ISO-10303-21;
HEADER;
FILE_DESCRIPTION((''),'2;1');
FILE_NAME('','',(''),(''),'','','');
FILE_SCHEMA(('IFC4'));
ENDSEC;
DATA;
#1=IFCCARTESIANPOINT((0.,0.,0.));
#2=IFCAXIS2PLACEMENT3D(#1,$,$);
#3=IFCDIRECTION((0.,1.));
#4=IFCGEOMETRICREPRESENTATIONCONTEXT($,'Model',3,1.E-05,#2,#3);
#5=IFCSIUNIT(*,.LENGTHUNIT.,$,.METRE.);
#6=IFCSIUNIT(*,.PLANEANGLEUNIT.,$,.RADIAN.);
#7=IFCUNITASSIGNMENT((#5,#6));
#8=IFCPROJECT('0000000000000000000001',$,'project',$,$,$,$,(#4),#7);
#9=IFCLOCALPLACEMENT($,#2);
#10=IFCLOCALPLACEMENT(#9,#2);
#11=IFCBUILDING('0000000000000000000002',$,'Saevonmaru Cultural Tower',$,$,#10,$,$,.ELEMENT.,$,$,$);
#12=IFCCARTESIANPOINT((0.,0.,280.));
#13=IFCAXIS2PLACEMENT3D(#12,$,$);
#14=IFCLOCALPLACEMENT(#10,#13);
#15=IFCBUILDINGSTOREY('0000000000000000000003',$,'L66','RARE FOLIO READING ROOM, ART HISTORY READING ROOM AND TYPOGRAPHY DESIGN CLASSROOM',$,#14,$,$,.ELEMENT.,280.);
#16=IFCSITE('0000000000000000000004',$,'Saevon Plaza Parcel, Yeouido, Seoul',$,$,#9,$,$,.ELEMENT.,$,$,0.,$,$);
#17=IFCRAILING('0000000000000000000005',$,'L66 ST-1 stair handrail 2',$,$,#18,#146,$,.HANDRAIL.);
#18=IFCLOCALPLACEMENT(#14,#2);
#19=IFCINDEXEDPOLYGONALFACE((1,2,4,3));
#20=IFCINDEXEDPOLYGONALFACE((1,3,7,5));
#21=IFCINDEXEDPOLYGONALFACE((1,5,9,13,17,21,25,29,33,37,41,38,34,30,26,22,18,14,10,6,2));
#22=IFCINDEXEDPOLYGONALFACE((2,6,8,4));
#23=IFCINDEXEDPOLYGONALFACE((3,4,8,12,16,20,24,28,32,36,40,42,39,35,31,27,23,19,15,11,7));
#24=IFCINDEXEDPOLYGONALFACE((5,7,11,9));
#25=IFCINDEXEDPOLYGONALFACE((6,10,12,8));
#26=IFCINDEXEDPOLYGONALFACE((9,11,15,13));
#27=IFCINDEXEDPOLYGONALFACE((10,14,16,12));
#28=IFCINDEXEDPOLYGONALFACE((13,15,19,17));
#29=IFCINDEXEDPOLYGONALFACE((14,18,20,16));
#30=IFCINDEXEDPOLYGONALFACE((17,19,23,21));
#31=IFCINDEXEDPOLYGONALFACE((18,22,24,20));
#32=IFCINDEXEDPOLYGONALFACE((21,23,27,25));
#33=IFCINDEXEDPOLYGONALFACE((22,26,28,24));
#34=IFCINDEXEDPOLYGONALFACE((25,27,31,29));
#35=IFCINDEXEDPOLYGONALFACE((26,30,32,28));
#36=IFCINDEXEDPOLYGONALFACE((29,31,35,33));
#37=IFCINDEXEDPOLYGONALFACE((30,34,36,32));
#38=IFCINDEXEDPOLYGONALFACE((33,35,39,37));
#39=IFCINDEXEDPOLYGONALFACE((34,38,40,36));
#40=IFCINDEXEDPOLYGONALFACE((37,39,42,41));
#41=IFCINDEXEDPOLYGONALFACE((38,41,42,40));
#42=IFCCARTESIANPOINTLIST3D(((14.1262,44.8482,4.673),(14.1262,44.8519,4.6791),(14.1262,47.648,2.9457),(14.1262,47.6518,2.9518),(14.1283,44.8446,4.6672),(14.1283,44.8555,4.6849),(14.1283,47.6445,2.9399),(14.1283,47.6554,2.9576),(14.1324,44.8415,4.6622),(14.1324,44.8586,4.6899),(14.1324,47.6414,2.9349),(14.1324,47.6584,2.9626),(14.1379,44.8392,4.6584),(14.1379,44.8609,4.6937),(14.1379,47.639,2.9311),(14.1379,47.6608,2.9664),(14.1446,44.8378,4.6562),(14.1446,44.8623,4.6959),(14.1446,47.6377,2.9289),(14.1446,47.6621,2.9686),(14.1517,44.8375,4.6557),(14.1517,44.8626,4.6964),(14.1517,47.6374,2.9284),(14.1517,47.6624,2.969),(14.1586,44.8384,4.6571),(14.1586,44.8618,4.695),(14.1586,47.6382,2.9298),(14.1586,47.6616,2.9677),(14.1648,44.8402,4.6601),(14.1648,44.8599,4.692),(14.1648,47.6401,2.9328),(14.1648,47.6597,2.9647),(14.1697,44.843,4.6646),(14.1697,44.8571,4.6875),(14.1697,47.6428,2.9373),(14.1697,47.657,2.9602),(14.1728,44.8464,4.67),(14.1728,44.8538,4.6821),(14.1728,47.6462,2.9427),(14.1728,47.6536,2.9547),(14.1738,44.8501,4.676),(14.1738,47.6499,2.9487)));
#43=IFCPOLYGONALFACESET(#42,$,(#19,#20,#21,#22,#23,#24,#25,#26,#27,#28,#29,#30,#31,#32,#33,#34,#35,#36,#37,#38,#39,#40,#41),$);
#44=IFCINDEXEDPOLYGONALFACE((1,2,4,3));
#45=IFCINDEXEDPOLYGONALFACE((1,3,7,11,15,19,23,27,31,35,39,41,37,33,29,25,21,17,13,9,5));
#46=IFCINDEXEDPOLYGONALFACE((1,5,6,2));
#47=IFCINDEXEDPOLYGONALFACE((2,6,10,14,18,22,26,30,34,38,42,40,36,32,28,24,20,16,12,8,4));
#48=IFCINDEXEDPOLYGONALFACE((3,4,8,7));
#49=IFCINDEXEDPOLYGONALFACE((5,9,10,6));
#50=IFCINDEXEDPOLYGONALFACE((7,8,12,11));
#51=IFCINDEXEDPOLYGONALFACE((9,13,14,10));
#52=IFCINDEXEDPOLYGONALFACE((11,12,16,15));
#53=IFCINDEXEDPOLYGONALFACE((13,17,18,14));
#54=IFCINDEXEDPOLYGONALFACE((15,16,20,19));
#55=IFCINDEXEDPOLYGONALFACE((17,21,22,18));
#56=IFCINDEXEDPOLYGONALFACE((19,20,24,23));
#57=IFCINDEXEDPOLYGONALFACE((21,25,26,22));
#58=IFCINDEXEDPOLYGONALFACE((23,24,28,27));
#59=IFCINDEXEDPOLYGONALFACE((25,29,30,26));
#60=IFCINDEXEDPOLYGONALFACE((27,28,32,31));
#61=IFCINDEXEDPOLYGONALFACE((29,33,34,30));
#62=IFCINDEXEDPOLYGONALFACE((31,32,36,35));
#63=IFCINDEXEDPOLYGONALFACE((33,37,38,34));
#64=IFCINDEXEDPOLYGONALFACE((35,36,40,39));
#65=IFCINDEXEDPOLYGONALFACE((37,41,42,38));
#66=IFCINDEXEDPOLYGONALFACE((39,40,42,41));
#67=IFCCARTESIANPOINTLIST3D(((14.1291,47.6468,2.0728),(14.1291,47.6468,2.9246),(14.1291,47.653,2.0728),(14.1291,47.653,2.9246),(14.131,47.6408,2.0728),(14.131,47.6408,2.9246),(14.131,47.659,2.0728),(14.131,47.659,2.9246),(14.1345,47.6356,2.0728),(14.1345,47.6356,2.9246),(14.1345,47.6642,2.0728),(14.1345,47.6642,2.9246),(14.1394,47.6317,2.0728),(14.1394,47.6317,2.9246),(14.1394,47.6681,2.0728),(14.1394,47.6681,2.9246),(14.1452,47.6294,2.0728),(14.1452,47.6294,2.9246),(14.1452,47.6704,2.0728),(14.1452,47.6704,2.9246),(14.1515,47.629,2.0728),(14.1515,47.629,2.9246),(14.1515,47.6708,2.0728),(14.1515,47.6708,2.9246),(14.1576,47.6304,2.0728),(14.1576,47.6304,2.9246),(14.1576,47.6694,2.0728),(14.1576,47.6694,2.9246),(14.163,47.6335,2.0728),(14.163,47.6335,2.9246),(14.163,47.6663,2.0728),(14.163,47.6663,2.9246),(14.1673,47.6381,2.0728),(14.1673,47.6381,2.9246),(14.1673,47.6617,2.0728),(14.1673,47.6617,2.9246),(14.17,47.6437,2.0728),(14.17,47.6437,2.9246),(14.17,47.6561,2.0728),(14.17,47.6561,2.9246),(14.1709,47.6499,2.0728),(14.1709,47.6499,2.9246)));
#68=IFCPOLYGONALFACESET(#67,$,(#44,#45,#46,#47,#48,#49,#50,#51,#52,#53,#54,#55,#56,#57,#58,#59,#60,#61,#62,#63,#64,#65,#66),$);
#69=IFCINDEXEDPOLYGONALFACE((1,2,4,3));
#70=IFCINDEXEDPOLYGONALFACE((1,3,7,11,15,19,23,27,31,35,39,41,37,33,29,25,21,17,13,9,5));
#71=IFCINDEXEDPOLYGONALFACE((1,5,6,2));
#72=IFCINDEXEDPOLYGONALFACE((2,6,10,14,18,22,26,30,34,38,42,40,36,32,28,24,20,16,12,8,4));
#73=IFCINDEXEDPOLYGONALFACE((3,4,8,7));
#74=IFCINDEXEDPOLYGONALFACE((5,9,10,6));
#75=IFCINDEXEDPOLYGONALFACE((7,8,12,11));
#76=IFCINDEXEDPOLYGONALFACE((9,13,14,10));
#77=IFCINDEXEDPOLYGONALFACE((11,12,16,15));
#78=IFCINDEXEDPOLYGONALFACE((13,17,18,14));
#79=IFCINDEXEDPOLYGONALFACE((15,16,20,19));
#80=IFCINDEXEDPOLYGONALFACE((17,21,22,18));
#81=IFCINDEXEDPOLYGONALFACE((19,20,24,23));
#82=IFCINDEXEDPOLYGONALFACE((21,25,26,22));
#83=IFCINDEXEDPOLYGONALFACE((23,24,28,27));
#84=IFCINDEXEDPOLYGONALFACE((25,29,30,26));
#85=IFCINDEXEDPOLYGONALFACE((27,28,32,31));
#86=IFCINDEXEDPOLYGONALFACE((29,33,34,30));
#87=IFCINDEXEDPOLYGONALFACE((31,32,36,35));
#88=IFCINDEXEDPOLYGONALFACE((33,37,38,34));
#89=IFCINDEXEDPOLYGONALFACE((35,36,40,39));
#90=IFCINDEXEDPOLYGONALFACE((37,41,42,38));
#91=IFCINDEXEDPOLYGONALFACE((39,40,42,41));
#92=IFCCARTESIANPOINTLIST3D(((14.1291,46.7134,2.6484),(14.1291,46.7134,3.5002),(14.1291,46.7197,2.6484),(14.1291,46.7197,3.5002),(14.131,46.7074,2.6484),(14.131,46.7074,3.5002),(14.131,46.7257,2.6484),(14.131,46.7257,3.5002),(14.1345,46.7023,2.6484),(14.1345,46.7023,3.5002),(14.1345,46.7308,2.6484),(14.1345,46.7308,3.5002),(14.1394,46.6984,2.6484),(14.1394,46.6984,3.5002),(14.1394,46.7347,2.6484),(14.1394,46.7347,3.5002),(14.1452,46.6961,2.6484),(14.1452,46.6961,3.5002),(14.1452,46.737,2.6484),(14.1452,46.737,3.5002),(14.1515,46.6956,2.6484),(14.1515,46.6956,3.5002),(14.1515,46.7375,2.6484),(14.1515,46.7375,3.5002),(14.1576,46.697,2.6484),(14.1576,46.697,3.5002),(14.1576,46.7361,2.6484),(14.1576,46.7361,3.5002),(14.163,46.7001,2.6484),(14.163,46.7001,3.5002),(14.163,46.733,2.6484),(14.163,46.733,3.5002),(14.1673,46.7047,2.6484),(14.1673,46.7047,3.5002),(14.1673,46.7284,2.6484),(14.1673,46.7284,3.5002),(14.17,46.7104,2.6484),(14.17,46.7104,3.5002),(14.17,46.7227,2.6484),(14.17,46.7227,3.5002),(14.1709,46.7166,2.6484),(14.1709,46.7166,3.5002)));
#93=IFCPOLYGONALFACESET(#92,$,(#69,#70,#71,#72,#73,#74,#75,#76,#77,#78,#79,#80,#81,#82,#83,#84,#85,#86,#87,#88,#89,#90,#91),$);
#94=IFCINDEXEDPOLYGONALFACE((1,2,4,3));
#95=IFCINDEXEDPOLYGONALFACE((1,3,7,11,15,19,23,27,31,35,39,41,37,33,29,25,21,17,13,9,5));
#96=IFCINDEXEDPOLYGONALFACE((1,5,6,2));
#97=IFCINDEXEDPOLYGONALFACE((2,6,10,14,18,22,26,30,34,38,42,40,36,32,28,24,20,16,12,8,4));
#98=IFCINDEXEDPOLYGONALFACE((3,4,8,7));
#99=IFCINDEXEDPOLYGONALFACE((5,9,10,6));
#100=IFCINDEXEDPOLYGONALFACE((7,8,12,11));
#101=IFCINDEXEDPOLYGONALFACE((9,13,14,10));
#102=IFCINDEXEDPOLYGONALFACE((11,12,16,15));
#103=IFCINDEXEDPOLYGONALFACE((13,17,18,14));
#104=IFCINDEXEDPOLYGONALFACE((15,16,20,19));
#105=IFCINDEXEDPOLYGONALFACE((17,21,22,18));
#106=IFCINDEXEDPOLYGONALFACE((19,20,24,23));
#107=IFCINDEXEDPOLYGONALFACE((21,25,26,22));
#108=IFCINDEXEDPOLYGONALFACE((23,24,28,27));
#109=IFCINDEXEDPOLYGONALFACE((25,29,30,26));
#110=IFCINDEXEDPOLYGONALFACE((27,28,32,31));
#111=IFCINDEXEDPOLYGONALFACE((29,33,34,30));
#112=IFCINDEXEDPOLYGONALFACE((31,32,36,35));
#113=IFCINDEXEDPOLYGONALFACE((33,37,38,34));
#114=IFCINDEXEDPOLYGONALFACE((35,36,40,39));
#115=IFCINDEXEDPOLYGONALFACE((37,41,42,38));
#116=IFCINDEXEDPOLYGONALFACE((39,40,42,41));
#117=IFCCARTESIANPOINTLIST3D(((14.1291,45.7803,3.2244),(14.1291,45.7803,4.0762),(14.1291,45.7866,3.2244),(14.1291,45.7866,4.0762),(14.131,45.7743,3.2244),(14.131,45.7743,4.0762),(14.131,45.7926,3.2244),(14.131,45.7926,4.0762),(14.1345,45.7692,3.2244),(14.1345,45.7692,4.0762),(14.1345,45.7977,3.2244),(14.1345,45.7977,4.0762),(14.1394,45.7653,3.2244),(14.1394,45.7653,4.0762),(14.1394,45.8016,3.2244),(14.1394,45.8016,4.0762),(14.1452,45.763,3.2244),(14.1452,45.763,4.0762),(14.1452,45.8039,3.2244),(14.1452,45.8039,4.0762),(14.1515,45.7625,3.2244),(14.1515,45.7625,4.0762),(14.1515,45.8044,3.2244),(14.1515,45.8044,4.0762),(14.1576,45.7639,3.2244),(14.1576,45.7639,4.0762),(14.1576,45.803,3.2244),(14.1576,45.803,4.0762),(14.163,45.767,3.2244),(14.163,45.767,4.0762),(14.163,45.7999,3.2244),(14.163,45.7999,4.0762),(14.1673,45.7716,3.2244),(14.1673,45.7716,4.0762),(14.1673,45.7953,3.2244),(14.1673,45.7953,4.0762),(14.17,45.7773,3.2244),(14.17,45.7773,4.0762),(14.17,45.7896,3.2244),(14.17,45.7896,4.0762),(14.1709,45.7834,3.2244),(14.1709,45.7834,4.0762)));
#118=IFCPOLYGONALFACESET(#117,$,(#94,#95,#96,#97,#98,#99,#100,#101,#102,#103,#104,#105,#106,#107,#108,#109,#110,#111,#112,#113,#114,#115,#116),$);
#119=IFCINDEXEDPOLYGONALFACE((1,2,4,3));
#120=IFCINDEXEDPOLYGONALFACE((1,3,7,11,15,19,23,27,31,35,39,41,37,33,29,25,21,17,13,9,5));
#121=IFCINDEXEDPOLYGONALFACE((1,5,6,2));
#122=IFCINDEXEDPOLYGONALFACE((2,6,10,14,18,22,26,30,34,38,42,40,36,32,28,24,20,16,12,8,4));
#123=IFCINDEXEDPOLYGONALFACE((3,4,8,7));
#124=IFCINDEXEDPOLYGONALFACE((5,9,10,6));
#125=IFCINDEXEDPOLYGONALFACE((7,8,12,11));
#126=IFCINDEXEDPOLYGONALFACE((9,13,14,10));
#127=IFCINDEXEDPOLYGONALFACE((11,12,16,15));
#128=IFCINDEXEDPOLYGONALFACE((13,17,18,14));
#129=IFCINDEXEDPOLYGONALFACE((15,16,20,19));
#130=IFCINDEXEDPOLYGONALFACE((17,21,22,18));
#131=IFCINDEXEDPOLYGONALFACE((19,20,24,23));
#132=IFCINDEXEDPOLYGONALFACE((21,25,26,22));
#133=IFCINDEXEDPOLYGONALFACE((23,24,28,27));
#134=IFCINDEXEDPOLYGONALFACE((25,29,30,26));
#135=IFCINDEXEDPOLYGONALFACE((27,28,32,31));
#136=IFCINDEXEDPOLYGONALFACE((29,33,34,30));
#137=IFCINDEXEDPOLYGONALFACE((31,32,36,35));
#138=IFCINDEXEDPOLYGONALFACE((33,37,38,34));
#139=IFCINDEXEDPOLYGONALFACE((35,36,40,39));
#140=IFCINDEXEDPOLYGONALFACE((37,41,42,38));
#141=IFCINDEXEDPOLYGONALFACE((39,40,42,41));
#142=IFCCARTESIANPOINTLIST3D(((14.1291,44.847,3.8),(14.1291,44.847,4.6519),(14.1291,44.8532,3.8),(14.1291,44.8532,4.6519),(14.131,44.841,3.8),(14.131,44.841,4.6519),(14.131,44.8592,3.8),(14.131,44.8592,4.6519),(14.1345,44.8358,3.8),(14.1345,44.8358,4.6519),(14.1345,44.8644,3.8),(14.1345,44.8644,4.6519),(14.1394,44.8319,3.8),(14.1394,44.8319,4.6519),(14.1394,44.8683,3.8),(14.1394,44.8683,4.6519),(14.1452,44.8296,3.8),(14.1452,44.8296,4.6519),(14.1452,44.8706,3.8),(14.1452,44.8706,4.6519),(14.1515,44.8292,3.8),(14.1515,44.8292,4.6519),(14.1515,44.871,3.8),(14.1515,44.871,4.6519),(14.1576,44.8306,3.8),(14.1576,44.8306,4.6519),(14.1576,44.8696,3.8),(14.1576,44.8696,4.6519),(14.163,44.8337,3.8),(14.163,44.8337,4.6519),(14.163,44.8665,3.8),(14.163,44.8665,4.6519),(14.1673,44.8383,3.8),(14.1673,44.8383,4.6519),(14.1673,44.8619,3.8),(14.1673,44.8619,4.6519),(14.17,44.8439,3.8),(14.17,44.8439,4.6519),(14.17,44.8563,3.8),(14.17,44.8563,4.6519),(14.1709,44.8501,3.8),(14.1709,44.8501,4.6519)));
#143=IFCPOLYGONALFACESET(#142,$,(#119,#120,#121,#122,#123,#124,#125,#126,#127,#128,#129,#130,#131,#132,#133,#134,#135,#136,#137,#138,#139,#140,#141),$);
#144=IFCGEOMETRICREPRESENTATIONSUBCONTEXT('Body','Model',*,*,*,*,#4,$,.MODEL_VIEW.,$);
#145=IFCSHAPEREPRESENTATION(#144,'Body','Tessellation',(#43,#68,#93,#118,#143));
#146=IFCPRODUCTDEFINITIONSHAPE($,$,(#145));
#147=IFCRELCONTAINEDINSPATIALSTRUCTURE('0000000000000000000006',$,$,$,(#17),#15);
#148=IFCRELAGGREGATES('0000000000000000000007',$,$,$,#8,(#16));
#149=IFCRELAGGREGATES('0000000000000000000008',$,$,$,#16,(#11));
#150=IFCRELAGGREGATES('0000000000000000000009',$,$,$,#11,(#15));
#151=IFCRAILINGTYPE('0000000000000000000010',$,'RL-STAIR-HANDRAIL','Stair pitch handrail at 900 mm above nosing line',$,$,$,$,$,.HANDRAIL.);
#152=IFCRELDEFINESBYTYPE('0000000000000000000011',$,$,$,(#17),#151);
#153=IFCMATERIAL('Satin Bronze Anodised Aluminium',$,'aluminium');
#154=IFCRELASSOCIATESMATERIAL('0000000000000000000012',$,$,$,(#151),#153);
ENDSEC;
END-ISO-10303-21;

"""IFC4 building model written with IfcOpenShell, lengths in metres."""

from ifc_helpers import new_model, si_unit, direction, frame, origin, origin_2d, place, context, subcontext, project, spatial, circle, extrude, material, type_object, element, save


model = new_model("IFC4")

# Units and contexts
model_context = context("Model", 3, precision=1e-05, world=origin(), true_north=direction((0.0, 1.0)))
body_context = subcontext(model_context, "Body", "Model", "MODEL_VIEW")
ifc_project = project(units=[si_unit("LENGTHUNIT", "METRE"), si_unit("PLANEANGLEUNIT", "RADIAN")], contexts=[model_context])

# Site, building, storey
site_placement = place(None, origin())
site = spatial("IfcSite", under=ifc_project, at=site_placement, Name="Saevon Plaza Parcel, Yeouido, Seoul", CompositionType="ELEMENT", RefElevation=0.0)
building_placement = place(site_placement, origin())
building = spatial("IfcBuilding", under=site, at=building_placement, Name="Saevonmaru Cultural Tower", CompositionType="ELEMENT")
storey_placement = place(building_placement, frame((0.0, 0.0, 280.0)))
storey = spatial("IfcBuildingStorey", under=building, at=storey_placement, Name="L66", Description="RARE FOLIO READING ROOM, ART HISTORY READING ROOM AND TYPOGRAPHY DESIGN CLASSROOM", CompositionType="ELEMENT", Elevation=280.0)

# Shared definitions
ifc_material_1 = material(Name="Satin Bronze Anodised Aluminium", Category="aluminium")

# Railing
railing_type_1 = type_object("IfcRailingType", Name="RL-STAIR-HANDRAIL", Description="Stair pitch handrail at 900 mm above nosing line", PredefinedType="HANDRAIL", material=ifc_material_1)
railing_1_placement = place(storey_placement, frame((14.1499, 47.6499, 2.0728)))
element("IfcRailing", 1, at=railing_1_placement, inside=storey, type_object=railing_type_1, Name="L66 ST-1 stair handrail 2", PredefinedType="HANDRAIL", context=body_context, shape_type="SweptSolid", body=[
    extrude(circle(Radius=0.0239, at=origin_2d()), frame((0.0, 0.0, 0.876), z_axis=(0.0, -0.851069, 0.525054), x_axis=(1.0, 0.0, 0.0)), (0.0, 0.0, 1.0), 3.2898),
    extrude(circle(Radius=0.021, at=origin_2d()), origin(), (0.0, 0.0, 1.0), 0.8518),
    extrude(circle(Radius=0.021, at=origin_2d()), frame((0.0, -0.9333, 0.5757)), (0.0, 0.0, 1.0), 0.8518),
    extrude(circle(Radius=0.021, at=origin_2d()), frame((0.0, -1.8665, 1.1516)), (0.0, 0.0, 1.0), 0.8518),
    extrude(circle(Radius=0.021, at=origin_2d()), frame((0.0, -2.7998, 1.7273)), (0.0, 0.0, 1.0), 0.8518),
])

save(model, "model.ifc")
